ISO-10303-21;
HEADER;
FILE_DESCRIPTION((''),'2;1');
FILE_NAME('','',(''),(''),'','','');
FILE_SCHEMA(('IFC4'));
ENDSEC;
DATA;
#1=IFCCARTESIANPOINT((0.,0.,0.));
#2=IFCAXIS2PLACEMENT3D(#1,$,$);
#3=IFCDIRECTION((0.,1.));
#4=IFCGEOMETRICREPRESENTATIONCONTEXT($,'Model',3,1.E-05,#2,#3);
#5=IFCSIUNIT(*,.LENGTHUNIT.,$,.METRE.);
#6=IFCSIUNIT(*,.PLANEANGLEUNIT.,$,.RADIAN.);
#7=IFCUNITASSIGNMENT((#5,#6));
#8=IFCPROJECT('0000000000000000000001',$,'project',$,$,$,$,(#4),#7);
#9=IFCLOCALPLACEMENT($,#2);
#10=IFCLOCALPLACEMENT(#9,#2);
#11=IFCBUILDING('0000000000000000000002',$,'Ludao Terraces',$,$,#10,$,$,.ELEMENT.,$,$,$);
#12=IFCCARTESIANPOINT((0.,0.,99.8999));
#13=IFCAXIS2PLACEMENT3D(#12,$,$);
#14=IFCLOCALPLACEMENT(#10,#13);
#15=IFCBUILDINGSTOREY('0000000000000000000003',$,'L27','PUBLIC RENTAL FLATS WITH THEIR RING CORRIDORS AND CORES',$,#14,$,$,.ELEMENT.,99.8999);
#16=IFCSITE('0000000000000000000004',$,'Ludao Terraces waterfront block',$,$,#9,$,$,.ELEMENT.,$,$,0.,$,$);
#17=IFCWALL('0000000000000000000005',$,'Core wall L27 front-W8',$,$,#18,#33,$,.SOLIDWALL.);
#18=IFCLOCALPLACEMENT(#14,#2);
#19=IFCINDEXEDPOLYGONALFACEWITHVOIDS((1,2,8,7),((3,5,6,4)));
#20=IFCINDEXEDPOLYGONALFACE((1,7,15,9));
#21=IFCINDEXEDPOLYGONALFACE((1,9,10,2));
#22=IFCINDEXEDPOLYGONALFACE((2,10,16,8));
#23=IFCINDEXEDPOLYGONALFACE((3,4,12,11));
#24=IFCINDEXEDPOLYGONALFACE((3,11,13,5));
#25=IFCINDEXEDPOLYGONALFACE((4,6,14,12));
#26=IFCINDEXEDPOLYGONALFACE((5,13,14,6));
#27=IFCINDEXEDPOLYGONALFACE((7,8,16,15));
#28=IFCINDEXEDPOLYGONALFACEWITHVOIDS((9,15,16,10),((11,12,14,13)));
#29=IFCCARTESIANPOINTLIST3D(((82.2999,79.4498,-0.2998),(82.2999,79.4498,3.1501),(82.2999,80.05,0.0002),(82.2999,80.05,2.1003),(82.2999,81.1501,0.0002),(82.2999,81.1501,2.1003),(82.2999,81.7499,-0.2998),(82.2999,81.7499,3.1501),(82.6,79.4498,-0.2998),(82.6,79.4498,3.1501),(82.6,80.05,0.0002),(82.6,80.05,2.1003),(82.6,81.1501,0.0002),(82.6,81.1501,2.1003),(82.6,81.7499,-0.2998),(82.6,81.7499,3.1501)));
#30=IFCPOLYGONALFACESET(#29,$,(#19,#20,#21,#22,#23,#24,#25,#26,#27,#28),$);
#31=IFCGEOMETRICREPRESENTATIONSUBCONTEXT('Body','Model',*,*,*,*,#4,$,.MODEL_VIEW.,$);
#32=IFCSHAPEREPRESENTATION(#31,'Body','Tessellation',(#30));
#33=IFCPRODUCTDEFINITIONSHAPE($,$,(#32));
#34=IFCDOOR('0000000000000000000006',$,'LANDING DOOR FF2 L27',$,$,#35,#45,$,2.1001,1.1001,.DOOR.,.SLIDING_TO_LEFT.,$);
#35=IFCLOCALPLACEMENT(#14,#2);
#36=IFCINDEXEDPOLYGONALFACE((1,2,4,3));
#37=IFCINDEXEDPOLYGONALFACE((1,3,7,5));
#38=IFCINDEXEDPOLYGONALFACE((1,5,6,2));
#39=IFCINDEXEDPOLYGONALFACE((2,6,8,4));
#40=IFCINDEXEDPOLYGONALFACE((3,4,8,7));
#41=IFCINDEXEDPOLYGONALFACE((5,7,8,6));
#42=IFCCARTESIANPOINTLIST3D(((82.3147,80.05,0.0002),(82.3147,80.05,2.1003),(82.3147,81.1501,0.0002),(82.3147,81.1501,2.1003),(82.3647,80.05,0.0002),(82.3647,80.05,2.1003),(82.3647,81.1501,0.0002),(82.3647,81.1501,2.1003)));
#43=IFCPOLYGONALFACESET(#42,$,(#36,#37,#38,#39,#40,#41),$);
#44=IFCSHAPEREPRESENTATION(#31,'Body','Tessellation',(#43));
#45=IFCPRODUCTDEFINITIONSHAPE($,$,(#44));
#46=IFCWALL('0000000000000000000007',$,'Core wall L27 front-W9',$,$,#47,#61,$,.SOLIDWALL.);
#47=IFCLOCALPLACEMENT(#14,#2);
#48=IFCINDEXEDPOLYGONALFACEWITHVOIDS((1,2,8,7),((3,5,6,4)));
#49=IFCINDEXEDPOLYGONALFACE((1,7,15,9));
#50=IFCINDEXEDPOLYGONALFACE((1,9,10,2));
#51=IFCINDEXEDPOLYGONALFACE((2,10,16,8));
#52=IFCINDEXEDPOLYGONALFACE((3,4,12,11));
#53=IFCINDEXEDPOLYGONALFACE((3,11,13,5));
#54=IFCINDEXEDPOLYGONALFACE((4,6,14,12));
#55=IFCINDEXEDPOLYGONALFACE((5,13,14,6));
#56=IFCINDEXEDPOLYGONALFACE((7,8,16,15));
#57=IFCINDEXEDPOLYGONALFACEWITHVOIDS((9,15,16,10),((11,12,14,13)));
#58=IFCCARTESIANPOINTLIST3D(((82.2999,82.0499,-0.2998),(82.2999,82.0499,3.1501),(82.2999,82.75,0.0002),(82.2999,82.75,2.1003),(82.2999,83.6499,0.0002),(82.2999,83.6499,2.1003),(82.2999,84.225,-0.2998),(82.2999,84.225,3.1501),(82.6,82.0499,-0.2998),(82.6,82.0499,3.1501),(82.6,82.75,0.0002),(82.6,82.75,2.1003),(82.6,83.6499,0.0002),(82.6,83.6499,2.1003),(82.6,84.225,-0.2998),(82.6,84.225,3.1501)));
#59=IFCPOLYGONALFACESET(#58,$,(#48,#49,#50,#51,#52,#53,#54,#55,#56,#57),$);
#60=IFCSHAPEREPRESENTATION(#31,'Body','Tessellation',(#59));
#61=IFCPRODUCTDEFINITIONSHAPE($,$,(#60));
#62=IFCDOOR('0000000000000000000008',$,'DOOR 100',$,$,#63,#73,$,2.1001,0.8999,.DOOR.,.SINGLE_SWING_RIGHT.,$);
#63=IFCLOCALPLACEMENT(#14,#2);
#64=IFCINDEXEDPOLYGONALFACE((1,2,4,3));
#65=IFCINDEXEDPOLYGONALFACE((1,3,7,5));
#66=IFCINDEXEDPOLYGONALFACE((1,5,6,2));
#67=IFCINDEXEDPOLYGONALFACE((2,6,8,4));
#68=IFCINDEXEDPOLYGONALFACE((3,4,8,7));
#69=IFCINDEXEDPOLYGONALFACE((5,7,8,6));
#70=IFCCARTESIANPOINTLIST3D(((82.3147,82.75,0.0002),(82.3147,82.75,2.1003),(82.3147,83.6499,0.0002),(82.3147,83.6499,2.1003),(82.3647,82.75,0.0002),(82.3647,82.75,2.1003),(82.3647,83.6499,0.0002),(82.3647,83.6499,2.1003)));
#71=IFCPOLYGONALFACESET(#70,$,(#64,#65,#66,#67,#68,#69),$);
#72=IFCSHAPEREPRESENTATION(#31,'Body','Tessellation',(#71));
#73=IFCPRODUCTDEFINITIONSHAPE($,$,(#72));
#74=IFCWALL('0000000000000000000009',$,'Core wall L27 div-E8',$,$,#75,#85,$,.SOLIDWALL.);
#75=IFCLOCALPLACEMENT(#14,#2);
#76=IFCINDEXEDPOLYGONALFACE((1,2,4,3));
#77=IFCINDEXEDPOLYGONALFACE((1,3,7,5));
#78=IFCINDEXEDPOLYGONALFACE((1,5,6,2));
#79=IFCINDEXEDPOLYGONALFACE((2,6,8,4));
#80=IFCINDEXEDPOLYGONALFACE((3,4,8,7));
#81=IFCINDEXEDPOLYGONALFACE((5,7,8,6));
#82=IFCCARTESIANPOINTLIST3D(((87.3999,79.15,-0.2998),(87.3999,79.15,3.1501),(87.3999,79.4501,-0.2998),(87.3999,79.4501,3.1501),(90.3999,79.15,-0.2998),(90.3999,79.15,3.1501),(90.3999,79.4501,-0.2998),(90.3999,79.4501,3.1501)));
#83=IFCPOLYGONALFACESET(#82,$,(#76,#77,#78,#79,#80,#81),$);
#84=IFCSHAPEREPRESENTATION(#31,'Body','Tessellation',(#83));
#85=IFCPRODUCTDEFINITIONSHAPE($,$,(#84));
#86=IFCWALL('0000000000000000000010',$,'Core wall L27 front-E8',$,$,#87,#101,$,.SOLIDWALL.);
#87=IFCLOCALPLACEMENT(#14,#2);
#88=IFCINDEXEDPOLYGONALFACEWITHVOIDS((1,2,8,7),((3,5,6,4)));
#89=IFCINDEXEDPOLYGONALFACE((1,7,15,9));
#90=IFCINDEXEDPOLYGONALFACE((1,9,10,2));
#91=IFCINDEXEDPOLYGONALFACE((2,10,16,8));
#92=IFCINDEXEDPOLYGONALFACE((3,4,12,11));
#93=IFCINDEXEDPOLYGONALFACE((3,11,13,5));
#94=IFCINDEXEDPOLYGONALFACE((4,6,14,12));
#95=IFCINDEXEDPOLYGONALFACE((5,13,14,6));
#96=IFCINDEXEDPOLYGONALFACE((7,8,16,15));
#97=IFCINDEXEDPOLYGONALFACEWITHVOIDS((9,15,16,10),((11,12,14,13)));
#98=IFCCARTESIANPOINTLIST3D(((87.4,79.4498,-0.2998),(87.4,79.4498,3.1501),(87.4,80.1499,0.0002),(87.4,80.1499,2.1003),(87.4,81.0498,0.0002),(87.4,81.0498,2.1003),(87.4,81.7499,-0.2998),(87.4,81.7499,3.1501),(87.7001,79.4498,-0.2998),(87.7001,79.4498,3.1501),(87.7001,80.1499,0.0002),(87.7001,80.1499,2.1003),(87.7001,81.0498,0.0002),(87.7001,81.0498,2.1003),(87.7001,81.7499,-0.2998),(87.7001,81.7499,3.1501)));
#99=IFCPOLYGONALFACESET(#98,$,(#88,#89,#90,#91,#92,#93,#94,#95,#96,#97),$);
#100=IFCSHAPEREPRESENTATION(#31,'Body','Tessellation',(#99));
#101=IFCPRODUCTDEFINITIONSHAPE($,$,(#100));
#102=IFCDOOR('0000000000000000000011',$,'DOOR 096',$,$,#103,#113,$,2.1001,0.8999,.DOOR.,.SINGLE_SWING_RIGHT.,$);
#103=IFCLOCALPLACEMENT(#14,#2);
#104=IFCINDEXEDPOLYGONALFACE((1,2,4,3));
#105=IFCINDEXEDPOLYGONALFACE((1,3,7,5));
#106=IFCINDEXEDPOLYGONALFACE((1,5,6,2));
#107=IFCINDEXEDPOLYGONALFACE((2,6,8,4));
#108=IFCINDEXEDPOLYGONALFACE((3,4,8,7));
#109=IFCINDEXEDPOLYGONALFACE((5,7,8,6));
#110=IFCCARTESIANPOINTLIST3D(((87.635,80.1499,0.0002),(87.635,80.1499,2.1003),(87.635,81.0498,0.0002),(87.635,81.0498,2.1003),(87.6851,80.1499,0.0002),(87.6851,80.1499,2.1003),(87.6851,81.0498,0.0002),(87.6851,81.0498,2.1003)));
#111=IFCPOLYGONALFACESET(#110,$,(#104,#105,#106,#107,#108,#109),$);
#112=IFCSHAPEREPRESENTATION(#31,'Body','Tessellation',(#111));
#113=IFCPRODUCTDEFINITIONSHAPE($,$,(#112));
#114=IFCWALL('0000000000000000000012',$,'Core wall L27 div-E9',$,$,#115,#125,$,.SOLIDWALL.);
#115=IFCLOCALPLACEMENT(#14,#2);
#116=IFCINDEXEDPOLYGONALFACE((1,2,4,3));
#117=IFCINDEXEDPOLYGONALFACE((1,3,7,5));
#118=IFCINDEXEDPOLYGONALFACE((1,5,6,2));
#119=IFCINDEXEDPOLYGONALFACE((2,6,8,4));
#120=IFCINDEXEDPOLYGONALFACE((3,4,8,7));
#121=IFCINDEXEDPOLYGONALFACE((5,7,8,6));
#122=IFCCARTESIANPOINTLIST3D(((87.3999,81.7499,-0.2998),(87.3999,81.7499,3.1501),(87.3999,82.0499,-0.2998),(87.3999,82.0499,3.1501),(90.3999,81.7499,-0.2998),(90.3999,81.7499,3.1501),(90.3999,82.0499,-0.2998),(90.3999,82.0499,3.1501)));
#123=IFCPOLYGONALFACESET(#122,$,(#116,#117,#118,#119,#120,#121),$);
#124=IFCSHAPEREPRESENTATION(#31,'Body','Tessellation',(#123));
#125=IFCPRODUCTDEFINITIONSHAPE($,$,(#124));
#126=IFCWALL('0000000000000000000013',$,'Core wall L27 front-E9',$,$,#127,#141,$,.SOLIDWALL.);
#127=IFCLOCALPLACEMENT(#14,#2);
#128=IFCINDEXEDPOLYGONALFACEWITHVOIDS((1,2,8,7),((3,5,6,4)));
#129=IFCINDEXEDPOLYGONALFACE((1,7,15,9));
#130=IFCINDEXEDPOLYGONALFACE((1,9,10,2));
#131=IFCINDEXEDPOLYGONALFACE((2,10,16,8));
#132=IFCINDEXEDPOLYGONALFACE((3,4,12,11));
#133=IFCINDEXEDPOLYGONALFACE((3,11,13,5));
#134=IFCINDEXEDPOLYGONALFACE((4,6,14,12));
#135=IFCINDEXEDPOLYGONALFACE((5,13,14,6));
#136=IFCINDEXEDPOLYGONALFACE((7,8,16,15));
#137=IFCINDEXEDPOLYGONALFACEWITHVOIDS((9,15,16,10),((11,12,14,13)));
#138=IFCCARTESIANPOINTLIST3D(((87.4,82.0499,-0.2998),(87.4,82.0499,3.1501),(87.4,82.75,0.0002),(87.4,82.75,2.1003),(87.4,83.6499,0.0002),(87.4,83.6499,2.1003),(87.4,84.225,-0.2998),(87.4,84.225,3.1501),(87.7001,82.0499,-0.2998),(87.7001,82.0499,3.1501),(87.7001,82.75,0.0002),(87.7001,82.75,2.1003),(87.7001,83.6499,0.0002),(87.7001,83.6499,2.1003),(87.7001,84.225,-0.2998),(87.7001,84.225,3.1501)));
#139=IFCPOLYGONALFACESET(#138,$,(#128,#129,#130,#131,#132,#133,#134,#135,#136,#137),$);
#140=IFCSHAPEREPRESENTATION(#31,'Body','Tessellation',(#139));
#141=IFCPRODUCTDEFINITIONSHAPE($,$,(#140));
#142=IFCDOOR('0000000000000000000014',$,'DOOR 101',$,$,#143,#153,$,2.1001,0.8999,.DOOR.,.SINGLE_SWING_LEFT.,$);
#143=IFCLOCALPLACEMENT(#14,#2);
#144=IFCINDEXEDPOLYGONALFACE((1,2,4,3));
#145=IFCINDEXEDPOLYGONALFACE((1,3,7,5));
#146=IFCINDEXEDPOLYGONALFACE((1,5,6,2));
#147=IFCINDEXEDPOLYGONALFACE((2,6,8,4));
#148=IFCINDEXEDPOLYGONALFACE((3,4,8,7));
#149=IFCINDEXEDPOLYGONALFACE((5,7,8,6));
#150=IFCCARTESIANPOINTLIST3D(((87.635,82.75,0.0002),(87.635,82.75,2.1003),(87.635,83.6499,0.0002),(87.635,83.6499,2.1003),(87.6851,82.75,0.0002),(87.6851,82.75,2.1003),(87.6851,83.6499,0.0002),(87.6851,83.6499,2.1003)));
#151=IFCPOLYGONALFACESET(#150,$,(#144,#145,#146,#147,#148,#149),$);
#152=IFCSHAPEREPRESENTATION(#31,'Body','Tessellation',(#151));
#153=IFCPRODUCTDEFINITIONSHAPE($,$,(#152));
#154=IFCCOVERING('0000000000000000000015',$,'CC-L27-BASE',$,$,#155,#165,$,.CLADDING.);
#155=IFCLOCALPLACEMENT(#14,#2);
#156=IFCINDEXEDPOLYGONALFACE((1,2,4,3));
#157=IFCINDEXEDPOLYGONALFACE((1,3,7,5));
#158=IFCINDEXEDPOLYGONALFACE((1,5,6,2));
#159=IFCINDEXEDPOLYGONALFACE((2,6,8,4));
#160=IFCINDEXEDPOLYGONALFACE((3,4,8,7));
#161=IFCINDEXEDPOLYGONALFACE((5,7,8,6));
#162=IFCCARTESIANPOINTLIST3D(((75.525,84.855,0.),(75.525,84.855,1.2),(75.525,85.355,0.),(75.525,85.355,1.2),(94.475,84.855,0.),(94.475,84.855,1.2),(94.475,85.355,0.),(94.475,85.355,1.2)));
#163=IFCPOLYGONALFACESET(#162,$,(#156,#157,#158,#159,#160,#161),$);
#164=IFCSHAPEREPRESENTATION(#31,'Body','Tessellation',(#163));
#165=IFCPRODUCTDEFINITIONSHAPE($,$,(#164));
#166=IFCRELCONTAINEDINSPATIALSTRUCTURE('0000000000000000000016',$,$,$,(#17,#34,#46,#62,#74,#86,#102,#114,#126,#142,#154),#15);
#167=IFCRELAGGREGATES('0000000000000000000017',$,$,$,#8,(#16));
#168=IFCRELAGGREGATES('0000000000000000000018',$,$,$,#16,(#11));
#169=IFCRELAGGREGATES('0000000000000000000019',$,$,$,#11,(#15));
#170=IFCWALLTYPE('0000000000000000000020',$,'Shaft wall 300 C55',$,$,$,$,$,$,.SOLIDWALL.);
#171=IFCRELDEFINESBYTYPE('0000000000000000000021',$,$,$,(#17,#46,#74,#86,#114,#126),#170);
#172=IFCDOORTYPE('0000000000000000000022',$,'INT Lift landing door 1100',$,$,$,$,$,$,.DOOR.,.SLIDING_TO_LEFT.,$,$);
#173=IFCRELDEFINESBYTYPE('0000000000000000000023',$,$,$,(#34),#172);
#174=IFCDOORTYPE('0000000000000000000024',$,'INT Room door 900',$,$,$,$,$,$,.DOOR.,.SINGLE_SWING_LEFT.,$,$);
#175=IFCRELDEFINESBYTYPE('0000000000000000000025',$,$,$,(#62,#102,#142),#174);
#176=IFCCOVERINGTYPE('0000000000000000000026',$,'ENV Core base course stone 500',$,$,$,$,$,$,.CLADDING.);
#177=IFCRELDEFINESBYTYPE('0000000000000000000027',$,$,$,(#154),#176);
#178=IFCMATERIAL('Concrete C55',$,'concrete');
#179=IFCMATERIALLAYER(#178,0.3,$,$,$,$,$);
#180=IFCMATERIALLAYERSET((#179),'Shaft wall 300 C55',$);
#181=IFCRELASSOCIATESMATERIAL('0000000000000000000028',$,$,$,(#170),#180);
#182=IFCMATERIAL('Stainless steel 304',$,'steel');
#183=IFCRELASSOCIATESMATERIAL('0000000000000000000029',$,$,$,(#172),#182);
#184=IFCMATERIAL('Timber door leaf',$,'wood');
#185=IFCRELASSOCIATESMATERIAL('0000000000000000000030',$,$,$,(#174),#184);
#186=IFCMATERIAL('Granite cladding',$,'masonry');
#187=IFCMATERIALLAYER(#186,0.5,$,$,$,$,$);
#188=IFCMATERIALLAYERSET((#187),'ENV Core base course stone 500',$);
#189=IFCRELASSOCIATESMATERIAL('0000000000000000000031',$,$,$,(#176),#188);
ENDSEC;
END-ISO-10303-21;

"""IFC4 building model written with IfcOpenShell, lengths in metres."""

from ifc_helpers import new_model, si_unit, direction, frame, frame_2d, origin, origin_2d, place, context, subcontext, project, spatial, rectangle, extrude, material, layer, layer_set, type_object, element, fill, save


model = new_model("IFC4")

# Units and contexts
model_context = context("Model", 3, precision=1e-05, world=origin(), true_north=direction((0.0, 1.0)))
body_context = subcontext(model_context, "Body", "Model", "MODEL_VIEW")
ifc_project = project(units=[si_unit("LENGTHUNIT", "METRE"), si_unit("PLANEANGLEUNIT", "RADIAN")], contexts=[model_context])

# Site, building, storey
site_placement = place(None, origin())
site = spatial("IfcSite", under=ifc_project, at=site_placement, Name="Ludao Terraces waterfront block", CompositionType="ELEMENT", RefElevation=0.0)
building_placement = place(site_placement, origin())
building = spatial("IfcBuilding", under=site, at=building_placement, Name="Ludao Terraces", CompositionType="ELEMENT")
storey_placement = place(building_placement, frame((0.0, 0.0, 99.8999)))
storey = spatial("IfcBuildingStorey", under=building, at=storey_placement, Name="L27", Description="PUBLIC RENTAL FLATS WITH THEIR RING CORRIDORS AND CORES", CompositionType="ELEMENT", Elevation=99.8999)

# Walls, openings, doors
ifc_material_1 = material(Name="Concrete C55", Category="concrete")
ifc_layer_1 = layer(ifc_material_1, 0.3)
ifc_layer_set_1 = layer_set([ifc_layer_1], Name="Shaft wall 300 C55")
wall_type = type_object("IfcWallType", Name="Shaft wall 300 C55", PredefinedType="SOLIDWALL", material=ifc_layer_set_1)
wall_1_placement = place(storey_placement, frame((82.45, 79.45, -0.2998), z_axis=(0.0, 0.0, 1.0), x_axis=(0.0, 1.0, 0.0)))
wall_1 = element("IfcWall", 1, at=wall_1_placement, inside=storey, type_object=wall_type, Name="Core wall L27 front-W8", PredefinedType="SOLIDWALL", context=body_context, shape_type="SweptSolid", body=[
    extrude(rectangle(XDim=2.3, YDim=0.3, at=frame_2d((1.1499, 0.0))), origin(), (0.0, 0.0, 1.0), 3.45),
])
opening_1_placement = place(wall_1_placement, frame((0.6001, 0.0, 0.3)))
opening_1 = element("IfcOpeningElement", 2, at=opening_1_placement, cuts=wall_1, PredefinedType="OPENING", context=body_context, shape_type="SweptSolid", body=[
    extrude(rectangle(XDim=1.1001, YDim=2.1001, at=frame_2d((0.55, 1.05))), frame((0.0, 0.1602, 0.0), z_axis=(0.0, -1.0, 0.0), x_axis=(1.0, 0.0, 0.0)), (0.0, 0.0, 1.0), 0.3201),
])
ifc_material_2 = material(Name="Stainless steel 304", Category="steel")
door_type_1 = type_object("IfcDoorType", Name="INT Lift landing door 1100", OperationType="SLIDING_TO_LEFT", PredefinedType="DOOR", material=ifc_material_2)
door_1_placement = place(opening_1_placement, origin())
door_1 = element("IfcDoor", 3, at=door_1_placement, inside=storey, type_object=door_type_1, Name="LANDING DOOR FF2 L27", OperationType="SLIDING_TO_LEFT", OverallHeight=2.1001, OverallWidth=1.1001, PredefinedType="DOOR", context=body_context, shape_type="SweptSolid", body=[
    extrude(rectangle(XDim=1.1001, YDim=2.1001, at=frame_2d((0.55, 1.05))), frame((0.0, 0.1353, 0.0), z_axis=(0.0, -1.0, 0.0), x_axis=(1.0, 0.0, 0.0)), (0.0, 0.0, 1.0), 0.05),
])
fill(opening_1, door_1)
wall_2_placement = place(storey_placement, frame((82.45, 82.05, -0.2998), z_axis=(0.0, 0.0, 1.0), x_axis=(0.0, 1.0, 0.0)))
wall_2 = element("IfcWall", 4, at=wall_2_placement, inside=storey, type_object=wall_type, Name="Core wall L27 front-W9", PredefinedType="SOLIDWALL", context=body_context, shape_type="SweptSolid", body=[
    extrude(rectangle(XDim=2.175, YDim=0.3, at=frame_2d((1.0874, 0.0))), origin(), (0.0, 0.0, 1.0), 3.45),
])
opening_2_placement = place(wall_2_placement, frame((0.7, 0.0, 0.3)))
opening_2 = element("IfcOpeningElement", 5, at=opening_2_placement, cuts=wall_2, PredefinedType="OPENING", context=body_context, shape_type="SweptSolid", body=[
    extrude(rectangle(XDim=0.8999, YDim=2.1001, at=frame_2d((0.45, 1.05))), frame((0.0, 0.1602, 0.0), z_axis=(0.0, -1.0, 0.0), x_axis=(1.0, 0.0, 0.0)), (0.0, 0.0, 1.0), 0.3201),
])
ifc_material_3 = material(Name="Timber door leaf", Category="wood")
door_type_2 = type_object("IfcDoorType", Name="INT Room door 900", OperationType="SINGLE_SWING_LEFT", PredefinedType="DOOR", material=ifc_material_3)
door_2_placement = place(opening_2_placement, origin())
door_2 = element("IfcDoor", 6, at=door_2_placement, inside=storey, type_object=door_type_2, Name="DOOR 100", OperationType="SINGLE_SWING_RIGHT", OverallHeight=2.1001, OverallWidth=0.8999, PredefinedType="DOOR", context=body_context, shape_type="SweptSolid", body=[
    extrude(rectangle(XDim=0.8999, YDim=2.1001, at=frame_2d((0.45, 1.05))), frame((0.0, 0.1353, 0.0), z_axis=(0.0, -1.0, 0.0), x_axis=(1.0, 0.0, 0.0)), (0.0, 0.0, 1.0), 0.05),
])
fill(opening_2, door_2)

# Wall
wall_3_placement = place(storey_placement, frame((87.3999, 79.3, -0.2998), z_axis=(0.0, 0.0, 1.0), x_axis=(1.0, 0.0, 0.0)))
element("IfcWall", 7, at=wall_3_placement, inside=storey, type_object=wall_type, Name="Core wall L27 div-E8", PredefinedType="SOLIDWALL", context=body_context, shape_type="SweptSolid", body=[
    extrude(rectangle(XDim=3.0, YDim=0.3, at=frame_2d((1.5, 0.0))), origin(), (0.0, 0.0, 1.0), 3.45),
])

# Wall, opening, door
wall_4_placement = place(storey_placement, frame((87.55, 79.45, -0.2998), z_axis=(0.0, 0.0, 1.0), x_axis=(0.0, 1.0, 0.0)))
wall_4 = element("IfcWall", 8, at=wall_4_placement, inside=storey, type_object=wall_type, Name="Core wall L27 front-E8", PredefinedType="SOLIDWALL", context=body_context, shape_type="SweptSolid", body=[
    extrude(rectangle(XDim=2.3, YDim=0.3, at=frame_2d((1.1499, 0.0))), origin(), (0.0, 0.0, 1.0), 3.45),
])
opening_3_placement = place(wall_4_placement, frame((0.7, 0.0, 0.3)))
opening_3 = element("IfcOpeningElement", 9, at=opening_3_placement, cuts=wall_4, PredefinedType="OPENING", context=body_context, shape_type="SweptSolid", body=[
    extrude(rectangle(XDim=0.8999, YDim=2.1001, at=frame_2d((0.45, 1.05))), frame((0.0, 0.1602, 0.0), z_axis=(0.0, -1.0, 0.0), x_axis=(1.0, 0.0, 0.0)), (0.0, 0.0, 1.0), 0.3201),
])
door_3_placement = place(opening_3_placement, origin())
door_3 = element("IfcDoor", 10, at=door_3_placement, inside=storey, type_object=door_type_2, Name="DOOR 096", OperationType="SINGLE_SWING_RIGHT", OverallHeight=2.1001, OverallWidth=0.8999, PredefinedType="DOOR", context=body_context, shape_type="SweptSolid", body=[
    extrude(rectangle(XDim=0.8999, YDim=2.1001, at=frame_2d((0.45, 1.05))), frame((0.0, -0.085, 0.0), z_axis=(0.0, -1.0, 0.0), x_axis=(1.0, 0.0, 0.0)), (0.0, 0.0, 1.0), 0.05),
])
fill(opening_3, door_3)

# Wall
wall_5_placement = place(storey_placement, frame((87.3999, 81.8999, -0.2998), z_axis=(0.0, 0.0, 1.0), x_axis=(1.0, 0.0, 0.0)))
element("IfcWall", 11, at=wall_5_placement, inside=storey, type_object=wall_type, Name="Core wall L27 div-E9", PredefinedType="SOLIDWALL", context=body_context, shape_type="SweptSolid", body=[
    extrude(rectangle(XDim=3.0, YDim=0.3, at=frame_2d((1.5, 0.0))), origin(), (0.0, 0.0, 1.0), 3.45),
])

# Wall, opening, door
wall_6_placement = place(storey_placement, frame((87.55, 82.05, -0.2998), z_axis=(0.0, 0.0, 1.0), x_axis=(0.0, 1.0, 0.0)))
wall_6 = element("IfcWall", 12, at=wall_6_placement, inside=storey, type_object=wall_type, Name="Core wall L27 front-E9", PredefinedType="SOLIDWALL", context=body_context, shape_type="SweptSolid", body=[
    extrude(rectangle(XDim=2.175, YDim=0.3, at=frame_2d((1.0874, 0.0))), origin(), (0.0, 0.0, 1.0), 3.45),
])
opening_4_placement = place(wall_6_placement, frame((0.7, 0.0, 0.3)))
opening_4 = element("IfcOpeningElement", 13, at=opening_4_placement, cuts=wall_6, PredefinedType="OPENING", context=body_context, shape_type="SweptSolid", body=[
    extrude(rectangle(XDim=0.8999, YDim=2.1001, at=frame_2d((0.45, 1.05))), frame((0.0, 0.1602, 0.0), z_axis=(0.0, -1.0, 0.0), x_axis=(1.0, 0.0, 0.0)), (0.0, 0.0, 1.0), 0.3201),
])
door_4_placement = place(opening_4_placement, origin())
door_4 = element("IfcDoor", 14, at=door_4_placement, inside=storey, type_object=door_type_2, Name="DOOR 101", OperationType="SINGLE_SWING_LEFT", OverallHeight=2.1001, OverallWidth=0.8999, PredefinedType="DOOR", context=body_context, shape_type="SweptSolid", body=[
    extrude(rectangle(XDim=0.8999, YDim=2.1001, at=frame_2d((0.45, 1.05))), frame((0.0, -0.085, 0.0), z_axis=(0.0, -1.0, 0.0), x_axis=(1.0, 0.0, 0.0)), (0.0, 0.0, 1.0), 0.05),
])
fill(opening_4, door_4)

# Covering
ifc_material_4 = material(Name="Granite cladding", Category="masonry")
ifc_layer_2 = layer(ifc_material_4, 0.5)
ifc_layer_set_2 = layer_set([ifc_layer_2], Name="ENV Core base course stone 500")
covering_type_1 = type_object("IfcCoveringType", Name="ENV Core base course stone 500", PredefinedType="CLADDING", material=ifc_layer_set_2)
covering_1_placement = place(storey_placement, frame((85.0, 85.105, 0.0), z_axis=(0.0, 0.0, 1.0), x_axis=(1.0, 0.0, 0.0)))
element("IfcCovering", 15, at=covering_1_placement, inside=storey, type_object=covering_type_1, Name="CC-L27-BASE", PredefinedType="CLADDING", context=body_context, shape_type="SweptSolid", body=[
    extrude(rectangle(XDim=18.95, YDim=0.5, at=origin_2d()), origin(), (0.0, 0.0, 1.0), 1.2),
])

save(model, "model.ifc")
